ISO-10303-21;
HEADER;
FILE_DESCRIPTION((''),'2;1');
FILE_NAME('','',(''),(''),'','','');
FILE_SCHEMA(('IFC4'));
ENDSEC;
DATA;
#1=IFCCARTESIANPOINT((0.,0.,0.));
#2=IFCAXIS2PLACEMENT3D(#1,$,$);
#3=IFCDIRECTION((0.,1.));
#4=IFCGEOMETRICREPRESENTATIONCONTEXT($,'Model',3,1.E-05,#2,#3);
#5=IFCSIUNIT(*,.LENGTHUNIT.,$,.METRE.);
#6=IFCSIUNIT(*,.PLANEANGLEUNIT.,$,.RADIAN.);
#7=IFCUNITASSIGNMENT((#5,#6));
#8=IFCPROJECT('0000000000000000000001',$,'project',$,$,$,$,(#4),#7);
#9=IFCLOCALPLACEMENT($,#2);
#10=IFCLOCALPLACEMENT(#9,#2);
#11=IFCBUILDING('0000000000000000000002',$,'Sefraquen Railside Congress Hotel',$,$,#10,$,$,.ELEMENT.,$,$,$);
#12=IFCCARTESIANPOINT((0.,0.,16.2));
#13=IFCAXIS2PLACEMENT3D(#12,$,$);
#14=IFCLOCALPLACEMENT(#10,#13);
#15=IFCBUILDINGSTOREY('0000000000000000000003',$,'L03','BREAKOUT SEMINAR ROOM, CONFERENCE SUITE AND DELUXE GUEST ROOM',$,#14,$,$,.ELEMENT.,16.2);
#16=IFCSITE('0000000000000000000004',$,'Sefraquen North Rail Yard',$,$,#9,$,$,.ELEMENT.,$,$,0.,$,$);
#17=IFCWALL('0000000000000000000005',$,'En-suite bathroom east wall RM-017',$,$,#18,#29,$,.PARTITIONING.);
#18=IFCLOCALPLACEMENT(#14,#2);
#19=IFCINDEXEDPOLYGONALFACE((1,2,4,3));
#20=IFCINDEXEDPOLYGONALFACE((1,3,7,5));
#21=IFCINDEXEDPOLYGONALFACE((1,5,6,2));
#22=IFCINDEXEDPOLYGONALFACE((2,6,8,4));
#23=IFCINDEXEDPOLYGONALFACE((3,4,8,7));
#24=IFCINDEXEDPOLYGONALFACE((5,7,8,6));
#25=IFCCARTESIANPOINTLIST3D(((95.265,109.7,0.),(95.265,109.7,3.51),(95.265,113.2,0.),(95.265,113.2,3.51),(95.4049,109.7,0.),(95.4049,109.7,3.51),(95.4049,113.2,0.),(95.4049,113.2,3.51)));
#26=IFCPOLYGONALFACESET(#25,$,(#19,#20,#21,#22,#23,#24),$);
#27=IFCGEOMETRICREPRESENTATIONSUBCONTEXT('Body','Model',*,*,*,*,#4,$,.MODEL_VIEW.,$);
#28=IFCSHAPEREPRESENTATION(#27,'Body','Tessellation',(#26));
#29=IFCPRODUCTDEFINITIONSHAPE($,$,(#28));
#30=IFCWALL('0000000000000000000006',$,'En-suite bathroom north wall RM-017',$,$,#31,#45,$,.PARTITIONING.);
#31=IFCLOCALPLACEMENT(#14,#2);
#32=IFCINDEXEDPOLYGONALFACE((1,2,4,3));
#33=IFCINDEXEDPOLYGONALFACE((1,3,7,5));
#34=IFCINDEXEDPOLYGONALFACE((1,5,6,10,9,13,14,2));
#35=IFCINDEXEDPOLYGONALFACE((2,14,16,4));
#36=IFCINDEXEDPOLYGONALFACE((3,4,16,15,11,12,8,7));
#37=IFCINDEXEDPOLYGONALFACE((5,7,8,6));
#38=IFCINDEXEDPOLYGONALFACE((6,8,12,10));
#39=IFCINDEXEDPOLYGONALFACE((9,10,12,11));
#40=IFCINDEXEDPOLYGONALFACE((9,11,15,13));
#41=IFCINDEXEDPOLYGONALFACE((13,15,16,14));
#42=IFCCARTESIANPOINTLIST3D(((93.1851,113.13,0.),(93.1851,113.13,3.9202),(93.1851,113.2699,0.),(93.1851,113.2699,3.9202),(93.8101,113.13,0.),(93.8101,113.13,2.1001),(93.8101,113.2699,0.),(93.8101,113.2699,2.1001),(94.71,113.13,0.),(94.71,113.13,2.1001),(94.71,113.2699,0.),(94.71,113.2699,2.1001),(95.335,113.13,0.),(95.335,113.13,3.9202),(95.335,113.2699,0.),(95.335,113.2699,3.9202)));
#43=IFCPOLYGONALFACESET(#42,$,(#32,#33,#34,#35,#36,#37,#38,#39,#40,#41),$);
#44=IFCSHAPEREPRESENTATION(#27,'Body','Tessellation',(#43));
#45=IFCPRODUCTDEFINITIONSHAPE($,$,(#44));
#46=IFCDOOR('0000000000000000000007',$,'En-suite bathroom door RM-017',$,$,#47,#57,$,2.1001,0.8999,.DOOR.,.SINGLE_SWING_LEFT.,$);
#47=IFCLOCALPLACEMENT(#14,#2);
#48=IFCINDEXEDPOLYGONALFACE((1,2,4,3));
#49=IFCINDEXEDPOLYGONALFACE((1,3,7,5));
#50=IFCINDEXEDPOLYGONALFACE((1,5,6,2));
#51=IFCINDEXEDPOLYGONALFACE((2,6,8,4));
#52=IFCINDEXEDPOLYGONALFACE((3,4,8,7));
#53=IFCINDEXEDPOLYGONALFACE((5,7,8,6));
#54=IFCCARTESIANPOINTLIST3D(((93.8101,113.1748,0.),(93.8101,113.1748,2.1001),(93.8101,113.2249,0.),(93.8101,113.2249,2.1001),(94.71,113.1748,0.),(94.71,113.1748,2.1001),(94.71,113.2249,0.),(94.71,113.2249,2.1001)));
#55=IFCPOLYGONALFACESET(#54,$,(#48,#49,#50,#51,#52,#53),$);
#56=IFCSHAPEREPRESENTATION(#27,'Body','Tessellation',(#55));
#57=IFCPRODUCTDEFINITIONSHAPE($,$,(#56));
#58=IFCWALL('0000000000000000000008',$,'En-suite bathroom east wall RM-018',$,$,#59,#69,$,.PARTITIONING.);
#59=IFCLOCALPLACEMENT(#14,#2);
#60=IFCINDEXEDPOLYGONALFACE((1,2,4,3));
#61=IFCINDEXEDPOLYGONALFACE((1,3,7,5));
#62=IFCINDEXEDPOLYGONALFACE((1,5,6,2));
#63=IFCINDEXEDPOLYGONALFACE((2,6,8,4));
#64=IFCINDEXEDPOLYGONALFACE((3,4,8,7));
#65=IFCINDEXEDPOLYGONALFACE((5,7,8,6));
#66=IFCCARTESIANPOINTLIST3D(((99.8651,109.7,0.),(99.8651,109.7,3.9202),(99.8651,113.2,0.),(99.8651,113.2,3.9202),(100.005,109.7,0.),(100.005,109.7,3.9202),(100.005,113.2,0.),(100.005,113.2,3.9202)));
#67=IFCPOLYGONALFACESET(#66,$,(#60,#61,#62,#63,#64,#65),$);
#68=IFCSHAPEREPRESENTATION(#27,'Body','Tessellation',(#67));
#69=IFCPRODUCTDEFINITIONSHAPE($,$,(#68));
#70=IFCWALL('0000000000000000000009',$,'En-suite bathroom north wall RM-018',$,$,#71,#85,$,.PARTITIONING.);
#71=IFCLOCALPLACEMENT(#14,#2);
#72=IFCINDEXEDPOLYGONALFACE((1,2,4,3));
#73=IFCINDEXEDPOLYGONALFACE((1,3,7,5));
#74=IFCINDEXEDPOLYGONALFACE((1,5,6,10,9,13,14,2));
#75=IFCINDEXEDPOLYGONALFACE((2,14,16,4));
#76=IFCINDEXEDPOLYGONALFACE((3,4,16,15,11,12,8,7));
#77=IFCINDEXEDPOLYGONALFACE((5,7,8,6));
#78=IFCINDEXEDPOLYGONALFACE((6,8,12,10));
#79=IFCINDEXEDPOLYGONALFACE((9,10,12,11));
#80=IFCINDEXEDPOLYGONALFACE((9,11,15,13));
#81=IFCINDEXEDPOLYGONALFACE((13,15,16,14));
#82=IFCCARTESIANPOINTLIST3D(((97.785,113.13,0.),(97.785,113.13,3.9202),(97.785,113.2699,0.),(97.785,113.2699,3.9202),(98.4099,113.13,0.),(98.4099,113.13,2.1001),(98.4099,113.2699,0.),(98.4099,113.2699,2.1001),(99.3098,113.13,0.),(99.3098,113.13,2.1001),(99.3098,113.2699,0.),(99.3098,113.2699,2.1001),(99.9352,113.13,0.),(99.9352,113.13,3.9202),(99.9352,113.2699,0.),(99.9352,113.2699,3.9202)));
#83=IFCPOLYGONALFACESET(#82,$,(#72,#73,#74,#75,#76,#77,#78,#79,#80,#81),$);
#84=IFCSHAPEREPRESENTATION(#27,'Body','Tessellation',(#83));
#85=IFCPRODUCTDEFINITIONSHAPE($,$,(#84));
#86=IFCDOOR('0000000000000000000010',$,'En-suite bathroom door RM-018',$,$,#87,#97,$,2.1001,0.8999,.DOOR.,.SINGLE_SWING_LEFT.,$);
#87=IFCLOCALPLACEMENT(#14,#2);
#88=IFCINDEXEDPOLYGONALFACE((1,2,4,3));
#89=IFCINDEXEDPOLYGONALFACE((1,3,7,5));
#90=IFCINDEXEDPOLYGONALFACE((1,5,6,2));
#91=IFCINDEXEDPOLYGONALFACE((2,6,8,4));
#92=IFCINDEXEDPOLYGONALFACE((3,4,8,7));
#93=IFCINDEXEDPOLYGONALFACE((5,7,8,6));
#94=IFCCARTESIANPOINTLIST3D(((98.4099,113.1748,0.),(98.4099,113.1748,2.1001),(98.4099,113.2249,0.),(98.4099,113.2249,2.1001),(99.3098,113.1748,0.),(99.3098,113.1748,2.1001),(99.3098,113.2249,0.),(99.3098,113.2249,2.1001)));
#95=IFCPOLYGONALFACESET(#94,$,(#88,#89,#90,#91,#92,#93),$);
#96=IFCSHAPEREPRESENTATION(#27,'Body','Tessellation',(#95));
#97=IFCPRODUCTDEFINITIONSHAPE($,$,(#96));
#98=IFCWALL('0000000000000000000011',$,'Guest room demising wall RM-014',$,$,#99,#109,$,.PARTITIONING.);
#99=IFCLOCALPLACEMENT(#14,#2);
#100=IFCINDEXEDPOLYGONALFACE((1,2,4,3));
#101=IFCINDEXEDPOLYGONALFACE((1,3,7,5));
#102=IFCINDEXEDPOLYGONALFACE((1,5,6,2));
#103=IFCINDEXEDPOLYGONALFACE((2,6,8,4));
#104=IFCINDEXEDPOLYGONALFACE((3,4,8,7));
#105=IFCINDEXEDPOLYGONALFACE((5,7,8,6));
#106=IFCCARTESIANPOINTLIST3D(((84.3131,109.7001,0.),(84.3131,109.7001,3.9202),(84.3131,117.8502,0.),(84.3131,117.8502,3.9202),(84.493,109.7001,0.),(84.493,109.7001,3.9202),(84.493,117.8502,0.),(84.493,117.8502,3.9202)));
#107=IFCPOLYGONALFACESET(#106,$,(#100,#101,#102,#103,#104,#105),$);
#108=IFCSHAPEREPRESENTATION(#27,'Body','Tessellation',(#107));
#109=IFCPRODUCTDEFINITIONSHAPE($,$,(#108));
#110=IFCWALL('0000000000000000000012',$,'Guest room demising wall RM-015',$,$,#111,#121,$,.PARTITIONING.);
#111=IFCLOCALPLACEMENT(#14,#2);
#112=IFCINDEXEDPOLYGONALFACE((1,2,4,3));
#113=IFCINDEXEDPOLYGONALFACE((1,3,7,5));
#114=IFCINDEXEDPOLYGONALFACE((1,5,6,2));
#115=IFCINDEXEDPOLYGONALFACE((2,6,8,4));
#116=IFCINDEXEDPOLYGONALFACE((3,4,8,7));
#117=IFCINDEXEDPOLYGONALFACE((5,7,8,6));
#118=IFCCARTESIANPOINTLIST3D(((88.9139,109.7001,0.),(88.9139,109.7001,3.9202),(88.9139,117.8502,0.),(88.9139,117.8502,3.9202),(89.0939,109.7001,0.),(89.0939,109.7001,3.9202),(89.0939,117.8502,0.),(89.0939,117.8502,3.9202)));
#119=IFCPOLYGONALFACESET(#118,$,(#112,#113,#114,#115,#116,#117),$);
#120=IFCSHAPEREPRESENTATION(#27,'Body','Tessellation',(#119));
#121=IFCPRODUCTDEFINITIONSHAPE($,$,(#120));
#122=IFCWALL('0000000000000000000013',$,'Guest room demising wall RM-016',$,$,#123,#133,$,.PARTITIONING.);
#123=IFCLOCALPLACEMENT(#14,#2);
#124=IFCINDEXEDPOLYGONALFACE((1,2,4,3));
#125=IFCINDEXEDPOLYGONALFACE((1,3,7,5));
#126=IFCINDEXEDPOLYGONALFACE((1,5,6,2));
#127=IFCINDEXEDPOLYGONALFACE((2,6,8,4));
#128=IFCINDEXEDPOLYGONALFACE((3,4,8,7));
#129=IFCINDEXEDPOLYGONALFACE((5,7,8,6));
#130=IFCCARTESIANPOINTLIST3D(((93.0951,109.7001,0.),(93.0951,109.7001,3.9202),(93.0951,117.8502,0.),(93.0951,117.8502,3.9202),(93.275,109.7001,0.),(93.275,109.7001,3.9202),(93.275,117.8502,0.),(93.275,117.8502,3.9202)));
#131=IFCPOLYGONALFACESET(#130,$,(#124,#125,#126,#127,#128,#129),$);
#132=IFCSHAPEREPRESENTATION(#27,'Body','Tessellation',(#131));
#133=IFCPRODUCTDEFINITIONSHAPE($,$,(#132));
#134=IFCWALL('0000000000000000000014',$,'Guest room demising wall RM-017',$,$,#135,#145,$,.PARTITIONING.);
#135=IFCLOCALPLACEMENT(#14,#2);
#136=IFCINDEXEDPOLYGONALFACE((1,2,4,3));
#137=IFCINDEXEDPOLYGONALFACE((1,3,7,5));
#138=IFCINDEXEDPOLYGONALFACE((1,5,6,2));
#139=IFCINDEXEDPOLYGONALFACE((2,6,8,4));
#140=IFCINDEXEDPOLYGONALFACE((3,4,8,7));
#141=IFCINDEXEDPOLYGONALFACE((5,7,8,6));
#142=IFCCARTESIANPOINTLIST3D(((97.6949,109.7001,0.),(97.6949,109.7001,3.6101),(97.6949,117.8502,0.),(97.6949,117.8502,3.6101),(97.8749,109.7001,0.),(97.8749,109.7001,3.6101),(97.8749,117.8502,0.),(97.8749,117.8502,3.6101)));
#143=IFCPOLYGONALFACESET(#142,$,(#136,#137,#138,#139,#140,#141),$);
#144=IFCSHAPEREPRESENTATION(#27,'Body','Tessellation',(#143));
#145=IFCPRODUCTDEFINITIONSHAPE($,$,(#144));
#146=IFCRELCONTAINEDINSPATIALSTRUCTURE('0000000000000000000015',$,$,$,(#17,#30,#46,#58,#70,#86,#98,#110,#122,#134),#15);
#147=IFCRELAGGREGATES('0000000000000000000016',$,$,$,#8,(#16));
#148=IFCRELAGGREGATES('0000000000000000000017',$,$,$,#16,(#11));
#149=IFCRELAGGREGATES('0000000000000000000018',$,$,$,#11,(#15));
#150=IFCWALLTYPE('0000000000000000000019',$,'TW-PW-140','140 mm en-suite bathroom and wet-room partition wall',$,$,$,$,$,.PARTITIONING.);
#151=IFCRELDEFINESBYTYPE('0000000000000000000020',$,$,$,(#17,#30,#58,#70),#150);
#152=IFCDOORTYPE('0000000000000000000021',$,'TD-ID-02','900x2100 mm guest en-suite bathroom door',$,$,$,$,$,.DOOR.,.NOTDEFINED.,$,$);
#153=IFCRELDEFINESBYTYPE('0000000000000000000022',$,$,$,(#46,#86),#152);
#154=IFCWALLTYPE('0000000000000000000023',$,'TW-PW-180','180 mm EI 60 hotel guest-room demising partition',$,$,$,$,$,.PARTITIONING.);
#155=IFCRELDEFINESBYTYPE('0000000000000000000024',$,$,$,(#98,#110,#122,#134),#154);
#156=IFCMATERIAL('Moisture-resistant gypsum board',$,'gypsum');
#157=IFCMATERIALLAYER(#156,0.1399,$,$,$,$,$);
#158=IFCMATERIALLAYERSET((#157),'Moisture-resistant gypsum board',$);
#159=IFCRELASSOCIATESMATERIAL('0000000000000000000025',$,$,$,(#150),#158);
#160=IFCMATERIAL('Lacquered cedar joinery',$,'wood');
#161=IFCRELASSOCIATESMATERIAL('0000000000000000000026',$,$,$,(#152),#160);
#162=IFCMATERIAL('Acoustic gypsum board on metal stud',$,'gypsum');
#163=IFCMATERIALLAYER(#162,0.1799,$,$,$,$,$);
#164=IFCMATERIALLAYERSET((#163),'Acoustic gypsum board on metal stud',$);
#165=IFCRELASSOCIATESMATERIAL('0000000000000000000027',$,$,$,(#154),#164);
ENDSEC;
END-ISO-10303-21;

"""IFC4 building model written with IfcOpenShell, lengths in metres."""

from ifc_helpers import new_model, si_unit, direction, frame, frame_2d, origin, place, context, subcontext, project, spatial, rectangle, extrude, material, layer, layer_set, type_object, element, fill, save


model = new_model("IFC4")

# Units and contexts
model_context = context("Model", 3, precision=1e-05, world=origin(), true_north=direction((0.0, 1.0)))
body_context = subcontext(model_context, "Body", "Model", "MODEL_VIEW")
ifc_project = project(units=[si_unit("LENGTHUNIT", "METRE"), si_unit("PLANEANGLEUNIT", "RADIAN")], contexts=[model_context])

# Site, building, storey
site_placement = place(None, origin())
site = spatial("IfcSite", under=ifc_project, at=site_placement, Name="Sefraquen North Rail Yard", CompositionType="ELEMENT", RefElevation=0.0)
building_placement = place(site_placement, origin())
building = spatial("IfcBuilding", under=site, at=building_placement, Name="Sefraquen Railside Congress Hotel", CompositionType="ELEMENT")
storey_placement = place(building_placement, frame((0.0, 0.0, 16.2)))
storey = spatial("IfcBuildingStorey", under=building, at=storey_placement, Name="L03", Description="BREAKOUT SEMINAR ROOM, CONFERENCE SUITE AND DELUXE GUEST ROOM", CompositionType="ELEMENT", Elevation=16.2)

# Shared definitions
ifc_material_1 = material(Name="Moisture-resistant gypsum board", Category="gypsum")
ifc_layer_1 = layer(ifc_material_1, 0.1399)
ifc_layer_set_1 = layer_set([ifc_layer_1], Name="Moisture-resistant gypsum board")
wall_type_1 = type_object("IfcWallType", Name="TW-PW-140", Description="140 mm en-suite bathroom and wet-room partition wall", PredefinedType="PARTITIONING", material=ifc_layer_set_1)

# Shared definitions
ifc_material_2 = material(Name="Lacquered cedar joinery", Category="wood")
door_type = type_object("IfcDoorType", Name="TD-ID-02", Description="900x2100 mm guest en-suite bathroom door", OperationType="NOTDEFINED", PredefinedType="DOOR", material=ifc_material_2)

# Wall
wall_1_placement = place(storey_placement, frame((95.335, 109.7, 0.0), z_axis=(0.0, 0.0, 1.0), x_axis=(0.0, 1.0, 0.0)))
element("IfcWall", 1, at=wall_1_placement, inside=storey, type_object=wall_type_1, Name="En-suite bathroom east wall RM-017", PredefinedType="PARTITIONING", context=body_context, shape_type="SweptSolid", body=[
    extrude(rectangle(XDim=3.5, YDim=0.1399, at=frame_2d((1.75, 0.0))), origin(), (0.0, 0.0, 1.0), 3.51),
])

# Wall, opening, door
wall_2_placement = place(storey_placement, frame((93.1851, 113.2, 0.0), z_axis=(0.0, 0.0, 1.0), x_axis=(1.0, 0.0, 0.0)))
wall_2 = element("IfcWall", 2, at=wall_2_placement, inside=storey, type_object=wall_type_1, Name="En-suite bathroom north wall RM-017", PredefinedType="PARTITIONING", context=body_context, shape_type="SweptSolid", body=[
    extrude(rectangle(XDim=2.1499, YDim=0.1399, at=frame_2d((1.075, 0.0))), origin(), (0.0, 0.0, 1.0), 3.9202),
])
opening_1_placement = place(wall_2_placement, frame((0.625, 0.0, 0.0)))
opening_1 = element("IfcOpeningElement", 3, at=opening_1_placement, cuts=wall_2, PredefinedType="OPENING", context=body_context, shape_type="SweptSolid", body=[
    extrude(rectangle(XDim=0.8999, YDim=2.1001, at=frame_2d((0.45, 1.05))), frame((0.0, 0.0798, 0.0), z_axis=(0.0, -1.0, 0.0), x_axis=(1.0, 0.0, 0.0)), (0.0, 0.0, 1.0), 0.1599),
])
door_1_placement = place(opening_1_placement, origin())
door_1 = element("IfcDoor", 4, at=door_1_placement, inside=storey, type_object=door_type, Name="En-suite bathroom door RM-017", OperationType="SINGLE_SWING_LEFT", OverallHeight=2.1001, OverallWidth=0.8999, PredefinedType="DOOR", context=body_context, shape_type="SweptSolid", body=[
    extrude(rectangle(XDim=0.8999, YDim=2.1001, at=frame_2d((0.45, 1.05))), frame((0.0, 0.0249, 0.0), z_axis=(0.0, -1.0, 0.0), x_axis=(1.0, 0.0, 0.0)), (0.0, 0.0, 1.0), 0.05),
])
fill(opening_1, door_1)

# Wall
wall_3_placement = place(storey_placement, frame((99.9351, 109.7, 0.0), z_axis=(0.0, 0.0, 1.0), x_axis=(0.0, 1.0, 0.0)))
element("IfcWall", 5, at=wall_3_placement, inside=storey, type_object=wall_type_1, Name="En-suite bathroom east wall RM-018", PredefinedType="PARTITIONING", context=body_context, shape_type="SweptSolid", body=[
    extrude(rectangle(XDim=3.5, YDim=0.1399, at=frame_2d((1.75, 0.0))), origin(), (0.0, 0.0, 1.0), 3.9202),
])

# Wall, opening, door
wall_4_placement = place(storey_placement, frame((97.7849, 113.2, 0.0), z_axis=(0.0, 0.0, 1.0), x_axis=(1.0, 0.0, 0.0)))
wall_4 = element("IfcWall", 6, at=wall_4_placement, inside=storey, type_object=wall_type_1, Name="En-suite bathroom north wall RM-018", PredefinedType="PARTITIONING", context=body_context, shape_type="SweptSolid", body=[
    extrude(rectangle(XDim=2.1501, YDim=0.1399, at=frame_2d((1.0752, 0.0))), origin(), (0.0, 0.0, 1.0), 3.9202),
])
opening_2_placement = place(wall_4_placement, frame((0.625, 0.0, 0.0)))
opening_2 = element("IfcOpeningElement", 7, at=opening_2_placement, cuts=wall_4, PredefinedType="OPENING", context=body_context, shape_type="SweptSolid", body=[
    extrude(rectangle(XDim=0.8999, YDim=2.1001, at=frame_2d((0.45, 1.05))), frame((0.0, 0.0798, 0.0), z_axis=(0.0, -1.0, 0.0), x_axis=(1.0, 0.0, 0.0)), (0.0, 0.0, 1.0), 0.1599),
])
door_2_placement = place(opening_2_placement, origin())
door_2 = element("IfcDoor", 8, at=door_2_placement, inside=storey, type_object=door_type, Name="En-suite bathroom door RM-018", OperationType="SINGLE_SWING_LEFT", OverallHeight=2.1001, OverallWidth=0.8999, PredefinedType="DOOR", context=body_context, shape_type="SweptSolid", body=[
    extrude(rectangle(XDim=0.8999, YDim=2.1001, at=frame_2d((0.45, 1.05))), frame((0.0, 0.0249, 0.0), z_axis=(0.0, -1.0, 0.0), x_axis=(1.0, 0.0, 0.0)), (0.0, 0.0, 1.0), 0.05),
])
fill(opening_2, door_2)

# Walls
ifc_material_3 = material(Name="Acoustic gypsum board on metal stud", Category="gypsum")
ifc_layer_2 = layer(ifc_material_3, 0.1799)
ifc_layer_set_2 = layer_set([ifc_layer_2], Name="Acoustic gypsum board on metal stud")
wall_type_2 = type_object("IfcWallType", Name="TW-PW-180", Description="180 mm EI 60 hotel guest-room demising partition", PredefinedType="PARTITIONING", material=ifc_layer_set_2)
for number, where, z_axis, x_axis, name in (
    (9, (84.4031, 109.7, 0.0), (0.0, 0.0, 1.0), (0.0, 1.0, 0.0), "Guest room demising wall RM-014"),
    (10, (89.0039, 109.7, 0.0), (0.0, 0.0, 1.0), (0.0, 1.0, 0.0), "Guest room demising wall RM-015"),
    (11, (93.1851, 109.7, 0.0), (0.0, 0.0, 1.0), (0.0, 1.0, 0.0), "Guest room demising wall RM-016"),
):
    element("IfcWall", number, at=place(storey_placement, frame(where, z_axis=z_axis, x_axis=x_axis)), inside=storey, type_object=wall_type_2, Name=name, PredefinedType="PARTITIONING", context=body_context, shape_type="SweptSolid", body=[
        extrude(rectangle(XDim=8.1501, YDim=0.1799, at=frame_2d((4.0752, 0.0))), origin(), (0.0, 0.0, 1.0), 3.9202),
    ])
wall_5_placement = place(storey_placement, frame((97.7849, 109.7, 0.0), z_axis=(0.0, 0.0, 1.0), x_axis=(0.0, 1.0, 0.0)))
element("IfcWall", 12, at=wall_5_placement, inside=storey, type_object=wall_type_2, Name="Guest room demising wall RM-017", PredefinedType="PARTITIONING", context=body_context, shape_type="SweptSolid", body=[
    extrude(rectangle(XDim=8.1501, YDim=0.1799, at=frame_2d((4.0752, 0.0))), origin(), (0.0, 0.0, 1.0), 3.6101),
])

save(model, "model.ifc")
